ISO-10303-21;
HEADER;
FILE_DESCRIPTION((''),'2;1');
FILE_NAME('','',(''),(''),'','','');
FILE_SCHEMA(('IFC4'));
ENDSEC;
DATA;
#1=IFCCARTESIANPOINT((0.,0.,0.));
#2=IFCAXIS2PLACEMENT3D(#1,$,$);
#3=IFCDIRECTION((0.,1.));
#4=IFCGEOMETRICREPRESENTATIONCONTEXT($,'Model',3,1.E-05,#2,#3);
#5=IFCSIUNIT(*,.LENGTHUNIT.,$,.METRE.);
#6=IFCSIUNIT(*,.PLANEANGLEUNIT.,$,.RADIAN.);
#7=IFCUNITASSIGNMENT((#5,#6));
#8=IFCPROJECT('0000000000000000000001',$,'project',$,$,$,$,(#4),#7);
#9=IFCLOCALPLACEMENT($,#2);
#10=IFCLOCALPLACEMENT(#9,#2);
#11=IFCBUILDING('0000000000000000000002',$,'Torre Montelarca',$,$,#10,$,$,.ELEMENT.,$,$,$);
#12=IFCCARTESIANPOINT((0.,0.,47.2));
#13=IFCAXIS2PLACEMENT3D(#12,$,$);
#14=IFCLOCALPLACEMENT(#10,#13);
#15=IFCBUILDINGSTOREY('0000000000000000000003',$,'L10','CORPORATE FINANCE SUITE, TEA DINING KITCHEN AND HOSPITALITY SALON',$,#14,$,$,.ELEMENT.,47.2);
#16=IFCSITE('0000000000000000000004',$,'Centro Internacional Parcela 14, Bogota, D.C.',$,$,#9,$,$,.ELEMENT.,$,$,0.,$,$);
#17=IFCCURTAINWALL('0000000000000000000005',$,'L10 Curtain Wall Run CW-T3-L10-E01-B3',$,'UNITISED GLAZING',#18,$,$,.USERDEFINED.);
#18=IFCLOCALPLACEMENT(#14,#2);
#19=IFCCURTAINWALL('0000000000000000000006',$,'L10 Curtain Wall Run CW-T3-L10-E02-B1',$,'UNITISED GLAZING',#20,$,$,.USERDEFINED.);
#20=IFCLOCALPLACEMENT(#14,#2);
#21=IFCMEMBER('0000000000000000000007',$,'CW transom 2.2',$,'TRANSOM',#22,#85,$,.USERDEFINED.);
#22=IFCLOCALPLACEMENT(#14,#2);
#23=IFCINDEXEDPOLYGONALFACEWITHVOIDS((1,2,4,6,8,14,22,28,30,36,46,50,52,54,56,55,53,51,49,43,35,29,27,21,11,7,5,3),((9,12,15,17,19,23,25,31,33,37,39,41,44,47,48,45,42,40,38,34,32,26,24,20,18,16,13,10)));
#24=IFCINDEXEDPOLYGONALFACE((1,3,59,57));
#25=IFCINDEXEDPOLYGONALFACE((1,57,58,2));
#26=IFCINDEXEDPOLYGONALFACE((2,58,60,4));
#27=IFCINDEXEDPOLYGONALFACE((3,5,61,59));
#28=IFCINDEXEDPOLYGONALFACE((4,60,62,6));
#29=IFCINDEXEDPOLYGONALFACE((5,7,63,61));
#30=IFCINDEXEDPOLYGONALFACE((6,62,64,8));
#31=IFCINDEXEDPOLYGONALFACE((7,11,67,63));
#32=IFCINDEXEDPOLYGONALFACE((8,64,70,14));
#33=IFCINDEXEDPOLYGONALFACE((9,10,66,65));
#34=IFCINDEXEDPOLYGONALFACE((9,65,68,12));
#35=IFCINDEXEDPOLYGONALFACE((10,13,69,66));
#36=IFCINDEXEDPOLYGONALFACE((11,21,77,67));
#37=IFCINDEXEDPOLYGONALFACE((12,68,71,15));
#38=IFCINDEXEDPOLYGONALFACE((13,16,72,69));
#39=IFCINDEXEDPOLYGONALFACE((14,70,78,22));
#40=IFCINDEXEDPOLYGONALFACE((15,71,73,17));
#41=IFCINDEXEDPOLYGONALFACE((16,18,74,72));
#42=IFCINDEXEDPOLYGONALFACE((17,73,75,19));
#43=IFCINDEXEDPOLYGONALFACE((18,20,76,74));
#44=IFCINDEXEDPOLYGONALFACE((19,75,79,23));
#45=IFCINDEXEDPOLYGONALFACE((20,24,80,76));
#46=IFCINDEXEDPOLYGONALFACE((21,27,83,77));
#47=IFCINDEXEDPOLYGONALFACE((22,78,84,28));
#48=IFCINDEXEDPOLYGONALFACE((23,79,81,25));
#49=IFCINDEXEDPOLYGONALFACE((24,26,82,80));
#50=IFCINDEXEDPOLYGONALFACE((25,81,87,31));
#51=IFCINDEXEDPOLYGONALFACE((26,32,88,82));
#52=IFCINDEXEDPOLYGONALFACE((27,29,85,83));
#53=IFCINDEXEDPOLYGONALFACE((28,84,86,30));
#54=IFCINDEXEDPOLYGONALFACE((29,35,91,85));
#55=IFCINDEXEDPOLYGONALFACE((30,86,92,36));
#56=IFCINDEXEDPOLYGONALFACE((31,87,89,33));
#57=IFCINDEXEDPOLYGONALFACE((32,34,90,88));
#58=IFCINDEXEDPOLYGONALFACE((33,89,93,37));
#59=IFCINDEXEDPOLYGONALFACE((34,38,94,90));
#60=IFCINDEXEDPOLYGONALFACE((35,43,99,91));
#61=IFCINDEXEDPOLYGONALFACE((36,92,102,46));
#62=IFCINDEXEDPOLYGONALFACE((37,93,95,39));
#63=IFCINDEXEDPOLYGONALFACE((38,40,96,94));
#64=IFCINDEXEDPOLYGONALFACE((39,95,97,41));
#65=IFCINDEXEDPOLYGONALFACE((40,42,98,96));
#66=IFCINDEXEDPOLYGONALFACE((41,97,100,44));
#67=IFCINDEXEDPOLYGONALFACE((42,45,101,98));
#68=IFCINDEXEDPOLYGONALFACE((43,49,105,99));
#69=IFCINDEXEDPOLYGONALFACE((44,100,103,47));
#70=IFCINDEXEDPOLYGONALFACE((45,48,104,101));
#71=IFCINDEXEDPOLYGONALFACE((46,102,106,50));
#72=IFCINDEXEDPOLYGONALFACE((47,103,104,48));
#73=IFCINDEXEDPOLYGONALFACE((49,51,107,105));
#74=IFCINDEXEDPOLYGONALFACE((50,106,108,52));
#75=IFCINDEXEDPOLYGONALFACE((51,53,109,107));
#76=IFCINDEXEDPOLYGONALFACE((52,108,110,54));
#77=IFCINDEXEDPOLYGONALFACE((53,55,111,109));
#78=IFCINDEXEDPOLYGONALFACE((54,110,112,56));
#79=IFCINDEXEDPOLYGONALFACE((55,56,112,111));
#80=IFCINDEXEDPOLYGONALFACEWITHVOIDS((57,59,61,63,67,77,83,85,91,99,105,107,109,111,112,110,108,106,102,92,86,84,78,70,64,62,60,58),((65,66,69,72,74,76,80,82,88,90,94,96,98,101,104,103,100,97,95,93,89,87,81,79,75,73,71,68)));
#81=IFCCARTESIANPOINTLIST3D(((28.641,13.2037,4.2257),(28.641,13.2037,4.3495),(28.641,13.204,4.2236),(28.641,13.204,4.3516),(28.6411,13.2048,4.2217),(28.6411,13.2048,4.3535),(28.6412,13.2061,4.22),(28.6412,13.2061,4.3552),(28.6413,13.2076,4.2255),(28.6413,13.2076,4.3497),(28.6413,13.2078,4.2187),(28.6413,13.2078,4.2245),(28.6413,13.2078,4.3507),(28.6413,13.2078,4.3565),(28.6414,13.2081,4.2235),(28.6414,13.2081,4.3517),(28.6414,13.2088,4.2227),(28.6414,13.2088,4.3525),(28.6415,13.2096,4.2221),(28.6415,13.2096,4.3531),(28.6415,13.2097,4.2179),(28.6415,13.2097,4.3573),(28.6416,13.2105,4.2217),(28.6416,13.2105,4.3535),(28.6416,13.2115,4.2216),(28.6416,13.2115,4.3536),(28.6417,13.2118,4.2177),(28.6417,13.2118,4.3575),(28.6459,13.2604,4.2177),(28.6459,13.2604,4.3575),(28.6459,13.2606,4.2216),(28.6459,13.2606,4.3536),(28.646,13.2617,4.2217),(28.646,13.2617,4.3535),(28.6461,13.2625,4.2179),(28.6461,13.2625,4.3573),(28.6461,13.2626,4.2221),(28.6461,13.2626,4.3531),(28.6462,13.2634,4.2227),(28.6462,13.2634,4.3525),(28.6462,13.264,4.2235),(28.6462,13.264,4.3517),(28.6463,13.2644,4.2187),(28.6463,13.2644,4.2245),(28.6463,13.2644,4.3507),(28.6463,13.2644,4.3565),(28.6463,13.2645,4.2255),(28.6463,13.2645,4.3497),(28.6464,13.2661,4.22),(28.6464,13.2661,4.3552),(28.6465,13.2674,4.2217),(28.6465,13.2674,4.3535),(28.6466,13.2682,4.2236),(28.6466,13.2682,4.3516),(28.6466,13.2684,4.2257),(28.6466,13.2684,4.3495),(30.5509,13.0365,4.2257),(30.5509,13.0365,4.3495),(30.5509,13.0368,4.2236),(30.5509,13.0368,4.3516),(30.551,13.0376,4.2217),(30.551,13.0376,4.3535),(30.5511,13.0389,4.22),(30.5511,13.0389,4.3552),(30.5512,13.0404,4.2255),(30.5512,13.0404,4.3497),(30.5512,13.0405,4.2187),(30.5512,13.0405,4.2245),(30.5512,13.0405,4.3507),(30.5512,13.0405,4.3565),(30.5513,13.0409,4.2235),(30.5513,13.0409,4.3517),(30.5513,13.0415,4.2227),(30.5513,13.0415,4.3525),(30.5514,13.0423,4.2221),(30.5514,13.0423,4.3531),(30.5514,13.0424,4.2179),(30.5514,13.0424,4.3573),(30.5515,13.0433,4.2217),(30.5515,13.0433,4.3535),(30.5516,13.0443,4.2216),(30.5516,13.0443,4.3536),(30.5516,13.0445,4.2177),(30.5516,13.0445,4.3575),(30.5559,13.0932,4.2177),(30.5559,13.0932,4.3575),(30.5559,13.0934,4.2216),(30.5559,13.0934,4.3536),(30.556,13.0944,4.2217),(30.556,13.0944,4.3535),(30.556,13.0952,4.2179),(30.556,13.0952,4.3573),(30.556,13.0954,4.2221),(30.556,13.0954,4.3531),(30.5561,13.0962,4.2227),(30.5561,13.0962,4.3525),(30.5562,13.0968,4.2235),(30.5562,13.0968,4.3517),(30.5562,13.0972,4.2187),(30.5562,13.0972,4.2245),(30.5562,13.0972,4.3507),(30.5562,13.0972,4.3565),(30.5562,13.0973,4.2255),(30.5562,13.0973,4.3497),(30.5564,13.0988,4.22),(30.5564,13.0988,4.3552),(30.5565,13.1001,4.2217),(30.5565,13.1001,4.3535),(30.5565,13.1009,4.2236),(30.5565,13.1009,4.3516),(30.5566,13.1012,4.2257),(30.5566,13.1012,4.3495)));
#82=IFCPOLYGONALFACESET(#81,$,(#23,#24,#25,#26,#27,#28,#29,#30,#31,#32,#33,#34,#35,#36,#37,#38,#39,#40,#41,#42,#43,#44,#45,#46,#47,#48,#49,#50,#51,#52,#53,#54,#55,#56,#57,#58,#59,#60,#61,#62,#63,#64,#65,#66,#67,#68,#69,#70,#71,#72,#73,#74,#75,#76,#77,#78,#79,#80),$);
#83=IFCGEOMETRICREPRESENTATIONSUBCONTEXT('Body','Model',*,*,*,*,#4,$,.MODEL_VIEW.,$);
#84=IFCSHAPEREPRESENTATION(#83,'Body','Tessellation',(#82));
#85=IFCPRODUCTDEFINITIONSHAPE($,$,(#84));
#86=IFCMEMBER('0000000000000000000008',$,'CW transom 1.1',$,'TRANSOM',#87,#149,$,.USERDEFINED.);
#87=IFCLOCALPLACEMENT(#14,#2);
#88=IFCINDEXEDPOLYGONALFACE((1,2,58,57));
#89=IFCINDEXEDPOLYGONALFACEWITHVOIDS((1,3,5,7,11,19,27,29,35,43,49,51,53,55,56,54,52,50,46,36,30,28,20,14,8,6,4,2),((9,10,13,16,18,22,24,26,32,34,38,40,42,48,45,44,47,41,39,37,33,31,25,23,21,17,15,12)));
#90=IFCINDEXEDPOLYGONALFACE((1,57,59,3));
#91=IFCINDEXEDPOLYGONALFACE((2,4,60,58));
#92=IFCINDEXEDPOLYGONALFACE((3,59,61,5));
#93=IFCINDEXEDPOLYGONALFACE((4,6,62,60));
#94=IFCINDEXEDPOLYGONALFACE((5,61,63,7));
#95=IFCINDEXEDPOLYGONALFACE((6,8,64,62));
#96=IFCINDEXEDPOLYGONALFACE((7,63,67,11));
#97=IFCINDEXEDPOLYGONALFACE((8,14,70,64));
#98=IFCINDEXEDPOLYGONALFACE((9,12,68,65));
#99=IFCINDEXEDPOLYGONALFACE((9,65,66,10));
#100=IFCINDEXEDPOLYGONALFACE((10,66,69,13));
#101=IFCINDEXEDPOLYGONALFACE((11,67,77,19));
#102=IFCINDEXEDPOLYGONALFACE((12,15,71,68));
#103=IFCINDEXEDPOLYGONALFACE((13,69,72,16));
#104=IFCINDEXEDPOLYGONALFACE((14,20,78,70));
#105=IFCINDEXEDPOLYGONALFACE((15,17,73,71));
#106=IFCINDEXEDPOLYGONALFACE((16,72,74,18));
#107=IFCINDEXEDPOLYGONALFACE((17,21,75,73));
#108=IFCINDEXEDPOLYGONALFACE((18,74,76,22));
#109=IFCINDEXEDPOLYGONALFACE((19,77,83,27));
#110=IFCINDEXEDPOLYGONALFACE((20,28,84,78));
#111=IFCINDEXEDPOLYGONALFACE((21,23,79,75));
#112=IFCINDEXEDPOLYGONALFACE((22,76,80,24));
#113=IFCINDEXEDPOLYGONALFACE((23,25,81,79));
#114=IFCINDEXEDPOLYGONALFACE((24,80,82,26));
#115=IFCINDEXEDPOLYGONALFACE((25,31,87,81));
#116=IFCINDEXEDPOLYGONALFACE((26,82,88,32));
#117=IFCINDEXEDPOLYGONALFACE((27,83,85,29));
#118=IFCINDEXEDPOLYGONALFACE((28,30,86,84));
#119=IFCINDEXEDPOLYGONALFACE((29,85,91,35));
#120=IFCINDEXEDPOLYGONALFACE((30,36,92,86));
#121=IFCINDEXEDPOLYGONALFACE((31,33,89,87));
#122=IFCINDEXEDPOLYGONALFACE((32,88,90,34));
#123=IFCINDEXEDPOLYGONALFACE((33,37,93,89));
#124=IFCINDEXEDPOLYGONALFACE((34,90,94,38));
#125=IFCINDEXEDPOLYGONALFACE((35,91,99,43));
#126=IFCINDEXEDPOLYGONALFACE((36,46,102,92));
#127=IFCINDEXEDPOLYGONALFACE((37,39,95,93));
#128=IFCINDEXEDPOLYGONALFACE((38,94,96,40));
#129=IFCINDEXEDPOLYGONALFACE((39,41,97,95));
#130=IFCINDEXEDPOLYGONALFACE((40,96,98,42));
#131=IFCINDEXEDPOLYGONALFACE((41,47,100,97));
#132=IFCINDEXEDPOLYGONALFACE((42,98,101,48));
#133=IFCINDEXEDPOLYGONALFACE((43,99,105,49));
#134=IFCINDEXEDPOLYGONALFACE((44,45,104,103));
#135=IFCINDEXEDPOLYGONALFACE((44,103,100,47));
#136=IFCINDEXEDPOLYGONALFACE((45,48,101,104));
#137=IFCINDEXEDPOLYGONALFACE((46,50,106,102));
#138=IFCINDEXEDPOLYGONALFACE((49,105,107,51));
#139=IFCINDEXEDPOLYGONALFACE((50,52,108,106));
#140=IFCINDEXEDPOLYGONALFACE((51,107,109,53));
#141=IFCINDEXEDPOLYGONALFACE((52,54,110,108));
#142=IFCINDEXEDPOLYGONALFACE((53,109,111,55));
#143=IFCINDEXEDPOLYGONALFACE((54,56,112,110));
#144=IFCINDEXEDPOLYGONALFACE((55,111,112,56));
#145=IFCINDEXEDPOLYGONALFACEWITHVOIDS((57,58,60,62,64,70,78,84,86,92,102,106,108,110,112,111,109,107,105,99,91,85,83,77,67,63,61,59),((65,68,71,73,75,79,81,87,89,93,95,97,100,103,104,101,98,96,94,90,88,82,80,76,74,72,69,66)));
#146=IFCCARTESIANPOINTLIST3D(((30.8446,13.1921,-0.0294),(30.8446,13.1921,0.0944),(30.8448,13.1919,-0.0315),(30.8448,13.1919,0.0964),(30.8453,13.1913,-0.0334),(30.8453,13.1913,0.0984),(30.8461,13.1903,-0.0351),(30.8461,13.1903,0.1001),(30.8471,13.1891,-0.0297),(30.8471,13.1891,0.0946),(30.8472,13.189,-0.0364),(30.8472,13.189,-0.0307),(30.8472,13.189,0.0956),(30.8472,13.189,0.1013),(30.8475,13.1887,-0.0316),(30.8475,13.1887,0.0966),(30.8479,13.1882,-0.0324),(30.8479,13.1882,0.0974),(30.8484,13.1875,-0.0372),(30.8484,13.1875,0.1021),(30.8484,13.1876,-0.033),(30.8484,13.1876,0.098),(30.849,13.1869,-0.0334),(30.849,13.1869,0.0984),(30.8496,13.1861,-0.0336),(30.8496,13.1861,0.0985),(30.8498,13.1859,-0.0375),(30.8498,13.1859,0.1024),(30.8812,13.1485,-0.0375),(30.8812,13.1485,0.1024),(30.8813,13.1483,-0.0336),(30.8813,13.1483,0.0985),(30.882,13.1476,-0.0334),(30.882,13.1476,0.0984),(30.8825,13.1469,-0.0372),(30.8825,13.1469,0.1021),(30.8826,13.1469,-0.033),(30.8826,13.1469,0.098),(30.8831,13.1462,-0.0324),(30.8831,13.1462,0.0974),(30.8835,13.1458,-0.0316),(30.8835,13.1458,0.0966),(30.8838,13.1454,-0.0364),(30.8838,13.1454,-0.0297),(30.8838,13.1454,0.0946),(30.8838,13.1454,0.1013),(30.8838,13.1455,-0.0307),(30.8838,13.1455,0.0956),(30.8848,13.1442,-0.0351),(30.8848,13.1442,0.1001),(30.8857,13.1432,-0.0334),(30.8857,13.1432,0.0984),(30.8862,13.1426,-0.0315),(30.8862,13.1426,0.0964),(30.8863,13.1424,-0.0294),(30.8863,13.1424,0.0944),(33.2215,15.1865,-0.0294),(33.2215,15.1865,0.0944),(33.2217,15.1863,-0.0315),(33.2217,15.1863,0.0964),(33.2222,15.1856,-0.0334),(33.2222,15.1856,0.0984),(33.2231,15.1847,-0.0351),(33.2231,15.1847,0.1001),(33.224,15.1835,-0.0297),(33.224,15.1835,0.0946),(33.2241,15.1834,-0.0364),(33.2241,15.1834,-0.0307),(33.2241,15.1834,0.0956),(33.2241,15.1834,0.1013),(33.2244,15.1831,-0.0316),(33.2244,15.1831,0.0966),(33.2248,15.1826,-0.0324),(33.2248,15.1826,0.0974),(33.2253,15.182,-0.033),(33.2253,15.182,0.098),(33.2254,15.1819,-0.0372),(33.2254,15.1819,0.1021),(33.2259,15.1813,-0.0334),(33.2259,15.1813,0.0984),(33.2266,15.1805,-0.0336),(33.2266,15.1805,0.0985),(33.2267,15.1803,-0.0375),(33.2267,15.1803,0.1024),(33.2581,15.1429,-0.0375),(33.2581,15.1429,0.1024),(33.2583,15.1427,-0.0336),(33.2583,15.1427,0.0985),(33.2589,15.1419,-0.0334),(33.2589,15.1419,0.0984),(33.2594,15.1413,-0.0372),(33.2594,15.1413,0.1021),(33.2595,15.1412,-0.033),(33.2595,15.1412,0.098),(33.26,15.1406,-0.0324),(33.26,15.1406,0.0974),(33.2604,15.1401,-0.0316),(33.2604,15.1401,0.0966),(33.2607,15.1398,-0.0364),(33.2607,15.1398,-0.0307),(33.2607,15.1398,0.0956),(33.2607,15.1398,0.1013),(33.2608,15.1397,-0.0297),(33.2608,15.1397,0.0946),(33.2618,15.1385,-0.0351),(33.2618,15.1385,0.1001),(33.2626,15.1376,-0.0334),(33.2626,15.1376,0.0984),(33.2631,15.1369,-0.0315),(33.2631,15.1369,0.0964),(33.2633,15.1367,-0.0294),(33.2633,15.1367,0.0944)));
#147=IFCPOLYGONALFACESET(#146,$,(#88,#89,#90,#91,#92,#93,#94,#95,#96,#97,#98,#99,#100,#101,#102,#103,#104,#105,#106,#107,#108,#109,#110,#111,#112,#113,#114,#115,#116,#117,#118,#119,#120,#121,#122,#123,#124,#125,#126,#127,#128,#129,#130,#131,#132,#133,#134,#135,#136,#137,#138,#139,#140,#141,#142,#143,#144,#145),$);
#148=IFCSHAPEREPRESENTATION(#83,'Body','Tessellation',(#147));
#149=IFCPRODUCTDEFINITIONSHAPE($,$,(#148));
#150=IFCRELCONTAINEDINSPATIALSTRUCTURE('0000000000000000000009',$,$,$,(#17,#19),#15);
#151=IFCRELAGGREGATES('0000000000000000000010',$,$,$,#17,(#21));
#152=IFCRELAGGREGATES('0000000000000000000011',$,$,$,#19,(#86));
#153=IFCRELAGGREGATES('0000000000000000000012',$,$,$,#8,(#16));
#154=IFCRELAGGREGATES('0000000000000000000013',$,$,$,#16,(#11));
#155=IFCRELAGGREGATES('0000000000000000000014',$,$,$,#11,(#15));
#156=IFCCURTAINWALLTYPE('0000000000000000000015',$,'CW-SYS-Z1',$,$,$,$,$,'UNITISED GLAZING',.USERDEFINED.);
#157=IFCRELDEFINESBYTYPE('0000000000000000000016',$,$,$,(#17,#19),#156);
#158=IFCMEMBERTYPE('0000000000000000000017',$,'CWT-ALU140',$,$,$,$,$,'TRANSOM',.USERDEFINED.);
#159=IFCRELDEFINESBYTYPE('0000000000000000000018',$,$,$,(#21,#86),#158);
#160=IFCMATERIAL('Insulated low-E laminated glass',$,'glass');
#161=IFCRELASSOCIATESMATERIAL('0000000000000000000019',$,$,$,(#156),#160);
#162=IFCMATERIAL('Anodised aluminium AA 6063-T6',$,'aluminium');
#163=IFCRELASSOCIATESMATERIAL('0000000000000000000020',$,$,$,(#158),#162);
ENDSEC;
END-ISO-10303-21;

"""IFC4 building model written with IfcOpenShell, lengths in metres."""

from ifc_helpers import new_model, si_unit, direction, frame, origin, origin_2d, place, context, subcontext, project, spatial, hollow_rectangle, extrude, source, transform, mapped, material, material_profile, profile_set, type_object, element, aggregate, save


model = new_model("IFC4")

# Units and contexts
model_context = context("Model", 3, precision=1e-05, world=origin(), true_north=direction((0.0, 1.0)))
body_context = subcontext(model_context, "Body", "Model", "MODEL_VIEW")
ifc_project = project(units=[si_unit("LENGTHUNIT", "METRE"), si_unit("PLANEANGLEUNIT", "RADIAN")], contexts=[model_context])

# Site, building, storey
site_placement = place(None, origin())
site = spatial("IfcSite", under=ifc_project, at=site_placement, Name="Centro Internacional Parcela 14, Bogota, D.C.", CompositionType="ELEMENT", RefElevation=0.0)
building_placement = place(site_placement, origin())
building = spatial("IfcBuilding", under=site, at=building_placement, Name="Torre Montelarca", CompositionType="ELEMENT")
storey_placement = place(building_placement, frame((0.0, 0.0, 47.2)))
storey = spatial("IfcBuildingStorey", under=building, at=storey_placement, Name="L10", Description="CORPORATE FINANCE SUITE, TEA DINING KITCHEN AND HOSPITALITY SALON", CompositionType="ELEMENT", Elevation=47.2)

# Shared definitions
ifc_material_1 = material(Name="Insulated low-E laminated glass", Category="glass")
curtain_wall_type = type_object("IfcCurtainWallType", Name="CW-SYS-Z1", ElementType="UNITISED GLAZING", PredefinedType="USERDEFINED", material=ifc_material_1)
ifc_material_2 = material(Name="Anodised aluminium AA 6063-T6", Category="aluminium")

# Curtain walls
curtain_wall_1_placement = place(storey_placement, origin())
curtain_wall_1 = element("IfcCurtainWall", 1, at=curtain_wall_1_placement, inside=storey, type_object=curtain_wall_type, Name="L10 Curtain Wall Run CW-T3-L10-E01-B3", ObjectType="UNITISED GLAZING", PredefinedType="USERDEFINED")
curtain_wall_2_placement = place(storey_placement, origin())
curtain_wall_2 = element("IfcCurtainWall", 2, at=curtain_wall_2_placement, inside=storey, type_object=curtain_wall_type, Name="L10 Curtain Wall Run CW-T3-L10-E02-B1", ObjectType="UNITISED GLAZING", PredefinedType="USERDEFINED")

# Members
ifc_material_profile_1 = material_profile(ifc_material_2, hollow_rectangle(XDim=0.0649, YDim=0.1399, WallThickness=0.0039, InnerFilletRadius=0.0039, OuterFilletRadius=0.0081, at=origin_2d()), Name="ALU65X140X4", Category="aluminium")
ifc_profile_set_1 = profile_set([ifc_material_profile_1], Name="Anodised aluminium AA 6063-T6")
member_type_1 = type_object("IfcMemberType", Name="CWT-ALU140", ElementType="TRANSOM", PredefinedType="USERDEFINED", material=ifc_profile_set_1)
shared_shape_1 = source(origin(), body_context, "Body", "SweptSolid", [
    extrude(hollow_rectangle(XDim=0.0649, YDim=0.1399, WallThickness=0.0039, InnerFilletRadius=0.0039, OuterFilletRadius=0.0081, at=origin_2d()), origin(), (0.0, 0.0, 1.0), 1.9172),
])
member_1_placement = place(storey_placement, frame((28.6438, 13.2361, 4.2876), z_axis=(0.996188, -0.087229, 0.0), x_axis=(0.087229, 0.996188, 0.0)))
member_1 = element("IfcMember", 3, at=member_1_placement, type_object=member_type_1, Name="CW transom 2.2", ObjectType="TRANSOM", PredefinedType="USERDEFINED", context=body_context, shape_type="MappedRepresentation", body=[
    mapped(shared_shape_1, transform((0.0, 0.0, 0.0), scale=1.0)),
])
shared_shape_2 = source(origin(), body_context, "Body", "SweptSolid", [
    extrude(hollow_rectangle(XDim=0.0649, YDim=0.1399, WallThickness=0.0039, InnerFilletRadius=0.0039, OuterFilletRadius=0.0081, at=origin_2d()), origin(), (0.0, 0.0, 1.0), 3.1028),
])
member_2_placement = place(storey_placement, frame((30.8655, 13.1672, 0.0325), z_axis=(0.766063, 0.642766, 0.0), x_axis=(-0.642766, 0.766063, 0.0)))
member_2 = element("IfcMember", 4, at=member_2_placement, type_object=member_type_1, Name="CW transom 1.1", ObjectType="TRANSOM", PredefinedType="USERDEFINED", context=body_context, shape_type="MappedRepresentation", body=[
    mapped(shared_shape_2, transform((0.0, 0.0, 0.0), scale=1.0)),
])

aggregate(curtain_wall_1, [member_1])
aggregate(curtain_wall_2, [member_2])

save(model, "model.ifc")
